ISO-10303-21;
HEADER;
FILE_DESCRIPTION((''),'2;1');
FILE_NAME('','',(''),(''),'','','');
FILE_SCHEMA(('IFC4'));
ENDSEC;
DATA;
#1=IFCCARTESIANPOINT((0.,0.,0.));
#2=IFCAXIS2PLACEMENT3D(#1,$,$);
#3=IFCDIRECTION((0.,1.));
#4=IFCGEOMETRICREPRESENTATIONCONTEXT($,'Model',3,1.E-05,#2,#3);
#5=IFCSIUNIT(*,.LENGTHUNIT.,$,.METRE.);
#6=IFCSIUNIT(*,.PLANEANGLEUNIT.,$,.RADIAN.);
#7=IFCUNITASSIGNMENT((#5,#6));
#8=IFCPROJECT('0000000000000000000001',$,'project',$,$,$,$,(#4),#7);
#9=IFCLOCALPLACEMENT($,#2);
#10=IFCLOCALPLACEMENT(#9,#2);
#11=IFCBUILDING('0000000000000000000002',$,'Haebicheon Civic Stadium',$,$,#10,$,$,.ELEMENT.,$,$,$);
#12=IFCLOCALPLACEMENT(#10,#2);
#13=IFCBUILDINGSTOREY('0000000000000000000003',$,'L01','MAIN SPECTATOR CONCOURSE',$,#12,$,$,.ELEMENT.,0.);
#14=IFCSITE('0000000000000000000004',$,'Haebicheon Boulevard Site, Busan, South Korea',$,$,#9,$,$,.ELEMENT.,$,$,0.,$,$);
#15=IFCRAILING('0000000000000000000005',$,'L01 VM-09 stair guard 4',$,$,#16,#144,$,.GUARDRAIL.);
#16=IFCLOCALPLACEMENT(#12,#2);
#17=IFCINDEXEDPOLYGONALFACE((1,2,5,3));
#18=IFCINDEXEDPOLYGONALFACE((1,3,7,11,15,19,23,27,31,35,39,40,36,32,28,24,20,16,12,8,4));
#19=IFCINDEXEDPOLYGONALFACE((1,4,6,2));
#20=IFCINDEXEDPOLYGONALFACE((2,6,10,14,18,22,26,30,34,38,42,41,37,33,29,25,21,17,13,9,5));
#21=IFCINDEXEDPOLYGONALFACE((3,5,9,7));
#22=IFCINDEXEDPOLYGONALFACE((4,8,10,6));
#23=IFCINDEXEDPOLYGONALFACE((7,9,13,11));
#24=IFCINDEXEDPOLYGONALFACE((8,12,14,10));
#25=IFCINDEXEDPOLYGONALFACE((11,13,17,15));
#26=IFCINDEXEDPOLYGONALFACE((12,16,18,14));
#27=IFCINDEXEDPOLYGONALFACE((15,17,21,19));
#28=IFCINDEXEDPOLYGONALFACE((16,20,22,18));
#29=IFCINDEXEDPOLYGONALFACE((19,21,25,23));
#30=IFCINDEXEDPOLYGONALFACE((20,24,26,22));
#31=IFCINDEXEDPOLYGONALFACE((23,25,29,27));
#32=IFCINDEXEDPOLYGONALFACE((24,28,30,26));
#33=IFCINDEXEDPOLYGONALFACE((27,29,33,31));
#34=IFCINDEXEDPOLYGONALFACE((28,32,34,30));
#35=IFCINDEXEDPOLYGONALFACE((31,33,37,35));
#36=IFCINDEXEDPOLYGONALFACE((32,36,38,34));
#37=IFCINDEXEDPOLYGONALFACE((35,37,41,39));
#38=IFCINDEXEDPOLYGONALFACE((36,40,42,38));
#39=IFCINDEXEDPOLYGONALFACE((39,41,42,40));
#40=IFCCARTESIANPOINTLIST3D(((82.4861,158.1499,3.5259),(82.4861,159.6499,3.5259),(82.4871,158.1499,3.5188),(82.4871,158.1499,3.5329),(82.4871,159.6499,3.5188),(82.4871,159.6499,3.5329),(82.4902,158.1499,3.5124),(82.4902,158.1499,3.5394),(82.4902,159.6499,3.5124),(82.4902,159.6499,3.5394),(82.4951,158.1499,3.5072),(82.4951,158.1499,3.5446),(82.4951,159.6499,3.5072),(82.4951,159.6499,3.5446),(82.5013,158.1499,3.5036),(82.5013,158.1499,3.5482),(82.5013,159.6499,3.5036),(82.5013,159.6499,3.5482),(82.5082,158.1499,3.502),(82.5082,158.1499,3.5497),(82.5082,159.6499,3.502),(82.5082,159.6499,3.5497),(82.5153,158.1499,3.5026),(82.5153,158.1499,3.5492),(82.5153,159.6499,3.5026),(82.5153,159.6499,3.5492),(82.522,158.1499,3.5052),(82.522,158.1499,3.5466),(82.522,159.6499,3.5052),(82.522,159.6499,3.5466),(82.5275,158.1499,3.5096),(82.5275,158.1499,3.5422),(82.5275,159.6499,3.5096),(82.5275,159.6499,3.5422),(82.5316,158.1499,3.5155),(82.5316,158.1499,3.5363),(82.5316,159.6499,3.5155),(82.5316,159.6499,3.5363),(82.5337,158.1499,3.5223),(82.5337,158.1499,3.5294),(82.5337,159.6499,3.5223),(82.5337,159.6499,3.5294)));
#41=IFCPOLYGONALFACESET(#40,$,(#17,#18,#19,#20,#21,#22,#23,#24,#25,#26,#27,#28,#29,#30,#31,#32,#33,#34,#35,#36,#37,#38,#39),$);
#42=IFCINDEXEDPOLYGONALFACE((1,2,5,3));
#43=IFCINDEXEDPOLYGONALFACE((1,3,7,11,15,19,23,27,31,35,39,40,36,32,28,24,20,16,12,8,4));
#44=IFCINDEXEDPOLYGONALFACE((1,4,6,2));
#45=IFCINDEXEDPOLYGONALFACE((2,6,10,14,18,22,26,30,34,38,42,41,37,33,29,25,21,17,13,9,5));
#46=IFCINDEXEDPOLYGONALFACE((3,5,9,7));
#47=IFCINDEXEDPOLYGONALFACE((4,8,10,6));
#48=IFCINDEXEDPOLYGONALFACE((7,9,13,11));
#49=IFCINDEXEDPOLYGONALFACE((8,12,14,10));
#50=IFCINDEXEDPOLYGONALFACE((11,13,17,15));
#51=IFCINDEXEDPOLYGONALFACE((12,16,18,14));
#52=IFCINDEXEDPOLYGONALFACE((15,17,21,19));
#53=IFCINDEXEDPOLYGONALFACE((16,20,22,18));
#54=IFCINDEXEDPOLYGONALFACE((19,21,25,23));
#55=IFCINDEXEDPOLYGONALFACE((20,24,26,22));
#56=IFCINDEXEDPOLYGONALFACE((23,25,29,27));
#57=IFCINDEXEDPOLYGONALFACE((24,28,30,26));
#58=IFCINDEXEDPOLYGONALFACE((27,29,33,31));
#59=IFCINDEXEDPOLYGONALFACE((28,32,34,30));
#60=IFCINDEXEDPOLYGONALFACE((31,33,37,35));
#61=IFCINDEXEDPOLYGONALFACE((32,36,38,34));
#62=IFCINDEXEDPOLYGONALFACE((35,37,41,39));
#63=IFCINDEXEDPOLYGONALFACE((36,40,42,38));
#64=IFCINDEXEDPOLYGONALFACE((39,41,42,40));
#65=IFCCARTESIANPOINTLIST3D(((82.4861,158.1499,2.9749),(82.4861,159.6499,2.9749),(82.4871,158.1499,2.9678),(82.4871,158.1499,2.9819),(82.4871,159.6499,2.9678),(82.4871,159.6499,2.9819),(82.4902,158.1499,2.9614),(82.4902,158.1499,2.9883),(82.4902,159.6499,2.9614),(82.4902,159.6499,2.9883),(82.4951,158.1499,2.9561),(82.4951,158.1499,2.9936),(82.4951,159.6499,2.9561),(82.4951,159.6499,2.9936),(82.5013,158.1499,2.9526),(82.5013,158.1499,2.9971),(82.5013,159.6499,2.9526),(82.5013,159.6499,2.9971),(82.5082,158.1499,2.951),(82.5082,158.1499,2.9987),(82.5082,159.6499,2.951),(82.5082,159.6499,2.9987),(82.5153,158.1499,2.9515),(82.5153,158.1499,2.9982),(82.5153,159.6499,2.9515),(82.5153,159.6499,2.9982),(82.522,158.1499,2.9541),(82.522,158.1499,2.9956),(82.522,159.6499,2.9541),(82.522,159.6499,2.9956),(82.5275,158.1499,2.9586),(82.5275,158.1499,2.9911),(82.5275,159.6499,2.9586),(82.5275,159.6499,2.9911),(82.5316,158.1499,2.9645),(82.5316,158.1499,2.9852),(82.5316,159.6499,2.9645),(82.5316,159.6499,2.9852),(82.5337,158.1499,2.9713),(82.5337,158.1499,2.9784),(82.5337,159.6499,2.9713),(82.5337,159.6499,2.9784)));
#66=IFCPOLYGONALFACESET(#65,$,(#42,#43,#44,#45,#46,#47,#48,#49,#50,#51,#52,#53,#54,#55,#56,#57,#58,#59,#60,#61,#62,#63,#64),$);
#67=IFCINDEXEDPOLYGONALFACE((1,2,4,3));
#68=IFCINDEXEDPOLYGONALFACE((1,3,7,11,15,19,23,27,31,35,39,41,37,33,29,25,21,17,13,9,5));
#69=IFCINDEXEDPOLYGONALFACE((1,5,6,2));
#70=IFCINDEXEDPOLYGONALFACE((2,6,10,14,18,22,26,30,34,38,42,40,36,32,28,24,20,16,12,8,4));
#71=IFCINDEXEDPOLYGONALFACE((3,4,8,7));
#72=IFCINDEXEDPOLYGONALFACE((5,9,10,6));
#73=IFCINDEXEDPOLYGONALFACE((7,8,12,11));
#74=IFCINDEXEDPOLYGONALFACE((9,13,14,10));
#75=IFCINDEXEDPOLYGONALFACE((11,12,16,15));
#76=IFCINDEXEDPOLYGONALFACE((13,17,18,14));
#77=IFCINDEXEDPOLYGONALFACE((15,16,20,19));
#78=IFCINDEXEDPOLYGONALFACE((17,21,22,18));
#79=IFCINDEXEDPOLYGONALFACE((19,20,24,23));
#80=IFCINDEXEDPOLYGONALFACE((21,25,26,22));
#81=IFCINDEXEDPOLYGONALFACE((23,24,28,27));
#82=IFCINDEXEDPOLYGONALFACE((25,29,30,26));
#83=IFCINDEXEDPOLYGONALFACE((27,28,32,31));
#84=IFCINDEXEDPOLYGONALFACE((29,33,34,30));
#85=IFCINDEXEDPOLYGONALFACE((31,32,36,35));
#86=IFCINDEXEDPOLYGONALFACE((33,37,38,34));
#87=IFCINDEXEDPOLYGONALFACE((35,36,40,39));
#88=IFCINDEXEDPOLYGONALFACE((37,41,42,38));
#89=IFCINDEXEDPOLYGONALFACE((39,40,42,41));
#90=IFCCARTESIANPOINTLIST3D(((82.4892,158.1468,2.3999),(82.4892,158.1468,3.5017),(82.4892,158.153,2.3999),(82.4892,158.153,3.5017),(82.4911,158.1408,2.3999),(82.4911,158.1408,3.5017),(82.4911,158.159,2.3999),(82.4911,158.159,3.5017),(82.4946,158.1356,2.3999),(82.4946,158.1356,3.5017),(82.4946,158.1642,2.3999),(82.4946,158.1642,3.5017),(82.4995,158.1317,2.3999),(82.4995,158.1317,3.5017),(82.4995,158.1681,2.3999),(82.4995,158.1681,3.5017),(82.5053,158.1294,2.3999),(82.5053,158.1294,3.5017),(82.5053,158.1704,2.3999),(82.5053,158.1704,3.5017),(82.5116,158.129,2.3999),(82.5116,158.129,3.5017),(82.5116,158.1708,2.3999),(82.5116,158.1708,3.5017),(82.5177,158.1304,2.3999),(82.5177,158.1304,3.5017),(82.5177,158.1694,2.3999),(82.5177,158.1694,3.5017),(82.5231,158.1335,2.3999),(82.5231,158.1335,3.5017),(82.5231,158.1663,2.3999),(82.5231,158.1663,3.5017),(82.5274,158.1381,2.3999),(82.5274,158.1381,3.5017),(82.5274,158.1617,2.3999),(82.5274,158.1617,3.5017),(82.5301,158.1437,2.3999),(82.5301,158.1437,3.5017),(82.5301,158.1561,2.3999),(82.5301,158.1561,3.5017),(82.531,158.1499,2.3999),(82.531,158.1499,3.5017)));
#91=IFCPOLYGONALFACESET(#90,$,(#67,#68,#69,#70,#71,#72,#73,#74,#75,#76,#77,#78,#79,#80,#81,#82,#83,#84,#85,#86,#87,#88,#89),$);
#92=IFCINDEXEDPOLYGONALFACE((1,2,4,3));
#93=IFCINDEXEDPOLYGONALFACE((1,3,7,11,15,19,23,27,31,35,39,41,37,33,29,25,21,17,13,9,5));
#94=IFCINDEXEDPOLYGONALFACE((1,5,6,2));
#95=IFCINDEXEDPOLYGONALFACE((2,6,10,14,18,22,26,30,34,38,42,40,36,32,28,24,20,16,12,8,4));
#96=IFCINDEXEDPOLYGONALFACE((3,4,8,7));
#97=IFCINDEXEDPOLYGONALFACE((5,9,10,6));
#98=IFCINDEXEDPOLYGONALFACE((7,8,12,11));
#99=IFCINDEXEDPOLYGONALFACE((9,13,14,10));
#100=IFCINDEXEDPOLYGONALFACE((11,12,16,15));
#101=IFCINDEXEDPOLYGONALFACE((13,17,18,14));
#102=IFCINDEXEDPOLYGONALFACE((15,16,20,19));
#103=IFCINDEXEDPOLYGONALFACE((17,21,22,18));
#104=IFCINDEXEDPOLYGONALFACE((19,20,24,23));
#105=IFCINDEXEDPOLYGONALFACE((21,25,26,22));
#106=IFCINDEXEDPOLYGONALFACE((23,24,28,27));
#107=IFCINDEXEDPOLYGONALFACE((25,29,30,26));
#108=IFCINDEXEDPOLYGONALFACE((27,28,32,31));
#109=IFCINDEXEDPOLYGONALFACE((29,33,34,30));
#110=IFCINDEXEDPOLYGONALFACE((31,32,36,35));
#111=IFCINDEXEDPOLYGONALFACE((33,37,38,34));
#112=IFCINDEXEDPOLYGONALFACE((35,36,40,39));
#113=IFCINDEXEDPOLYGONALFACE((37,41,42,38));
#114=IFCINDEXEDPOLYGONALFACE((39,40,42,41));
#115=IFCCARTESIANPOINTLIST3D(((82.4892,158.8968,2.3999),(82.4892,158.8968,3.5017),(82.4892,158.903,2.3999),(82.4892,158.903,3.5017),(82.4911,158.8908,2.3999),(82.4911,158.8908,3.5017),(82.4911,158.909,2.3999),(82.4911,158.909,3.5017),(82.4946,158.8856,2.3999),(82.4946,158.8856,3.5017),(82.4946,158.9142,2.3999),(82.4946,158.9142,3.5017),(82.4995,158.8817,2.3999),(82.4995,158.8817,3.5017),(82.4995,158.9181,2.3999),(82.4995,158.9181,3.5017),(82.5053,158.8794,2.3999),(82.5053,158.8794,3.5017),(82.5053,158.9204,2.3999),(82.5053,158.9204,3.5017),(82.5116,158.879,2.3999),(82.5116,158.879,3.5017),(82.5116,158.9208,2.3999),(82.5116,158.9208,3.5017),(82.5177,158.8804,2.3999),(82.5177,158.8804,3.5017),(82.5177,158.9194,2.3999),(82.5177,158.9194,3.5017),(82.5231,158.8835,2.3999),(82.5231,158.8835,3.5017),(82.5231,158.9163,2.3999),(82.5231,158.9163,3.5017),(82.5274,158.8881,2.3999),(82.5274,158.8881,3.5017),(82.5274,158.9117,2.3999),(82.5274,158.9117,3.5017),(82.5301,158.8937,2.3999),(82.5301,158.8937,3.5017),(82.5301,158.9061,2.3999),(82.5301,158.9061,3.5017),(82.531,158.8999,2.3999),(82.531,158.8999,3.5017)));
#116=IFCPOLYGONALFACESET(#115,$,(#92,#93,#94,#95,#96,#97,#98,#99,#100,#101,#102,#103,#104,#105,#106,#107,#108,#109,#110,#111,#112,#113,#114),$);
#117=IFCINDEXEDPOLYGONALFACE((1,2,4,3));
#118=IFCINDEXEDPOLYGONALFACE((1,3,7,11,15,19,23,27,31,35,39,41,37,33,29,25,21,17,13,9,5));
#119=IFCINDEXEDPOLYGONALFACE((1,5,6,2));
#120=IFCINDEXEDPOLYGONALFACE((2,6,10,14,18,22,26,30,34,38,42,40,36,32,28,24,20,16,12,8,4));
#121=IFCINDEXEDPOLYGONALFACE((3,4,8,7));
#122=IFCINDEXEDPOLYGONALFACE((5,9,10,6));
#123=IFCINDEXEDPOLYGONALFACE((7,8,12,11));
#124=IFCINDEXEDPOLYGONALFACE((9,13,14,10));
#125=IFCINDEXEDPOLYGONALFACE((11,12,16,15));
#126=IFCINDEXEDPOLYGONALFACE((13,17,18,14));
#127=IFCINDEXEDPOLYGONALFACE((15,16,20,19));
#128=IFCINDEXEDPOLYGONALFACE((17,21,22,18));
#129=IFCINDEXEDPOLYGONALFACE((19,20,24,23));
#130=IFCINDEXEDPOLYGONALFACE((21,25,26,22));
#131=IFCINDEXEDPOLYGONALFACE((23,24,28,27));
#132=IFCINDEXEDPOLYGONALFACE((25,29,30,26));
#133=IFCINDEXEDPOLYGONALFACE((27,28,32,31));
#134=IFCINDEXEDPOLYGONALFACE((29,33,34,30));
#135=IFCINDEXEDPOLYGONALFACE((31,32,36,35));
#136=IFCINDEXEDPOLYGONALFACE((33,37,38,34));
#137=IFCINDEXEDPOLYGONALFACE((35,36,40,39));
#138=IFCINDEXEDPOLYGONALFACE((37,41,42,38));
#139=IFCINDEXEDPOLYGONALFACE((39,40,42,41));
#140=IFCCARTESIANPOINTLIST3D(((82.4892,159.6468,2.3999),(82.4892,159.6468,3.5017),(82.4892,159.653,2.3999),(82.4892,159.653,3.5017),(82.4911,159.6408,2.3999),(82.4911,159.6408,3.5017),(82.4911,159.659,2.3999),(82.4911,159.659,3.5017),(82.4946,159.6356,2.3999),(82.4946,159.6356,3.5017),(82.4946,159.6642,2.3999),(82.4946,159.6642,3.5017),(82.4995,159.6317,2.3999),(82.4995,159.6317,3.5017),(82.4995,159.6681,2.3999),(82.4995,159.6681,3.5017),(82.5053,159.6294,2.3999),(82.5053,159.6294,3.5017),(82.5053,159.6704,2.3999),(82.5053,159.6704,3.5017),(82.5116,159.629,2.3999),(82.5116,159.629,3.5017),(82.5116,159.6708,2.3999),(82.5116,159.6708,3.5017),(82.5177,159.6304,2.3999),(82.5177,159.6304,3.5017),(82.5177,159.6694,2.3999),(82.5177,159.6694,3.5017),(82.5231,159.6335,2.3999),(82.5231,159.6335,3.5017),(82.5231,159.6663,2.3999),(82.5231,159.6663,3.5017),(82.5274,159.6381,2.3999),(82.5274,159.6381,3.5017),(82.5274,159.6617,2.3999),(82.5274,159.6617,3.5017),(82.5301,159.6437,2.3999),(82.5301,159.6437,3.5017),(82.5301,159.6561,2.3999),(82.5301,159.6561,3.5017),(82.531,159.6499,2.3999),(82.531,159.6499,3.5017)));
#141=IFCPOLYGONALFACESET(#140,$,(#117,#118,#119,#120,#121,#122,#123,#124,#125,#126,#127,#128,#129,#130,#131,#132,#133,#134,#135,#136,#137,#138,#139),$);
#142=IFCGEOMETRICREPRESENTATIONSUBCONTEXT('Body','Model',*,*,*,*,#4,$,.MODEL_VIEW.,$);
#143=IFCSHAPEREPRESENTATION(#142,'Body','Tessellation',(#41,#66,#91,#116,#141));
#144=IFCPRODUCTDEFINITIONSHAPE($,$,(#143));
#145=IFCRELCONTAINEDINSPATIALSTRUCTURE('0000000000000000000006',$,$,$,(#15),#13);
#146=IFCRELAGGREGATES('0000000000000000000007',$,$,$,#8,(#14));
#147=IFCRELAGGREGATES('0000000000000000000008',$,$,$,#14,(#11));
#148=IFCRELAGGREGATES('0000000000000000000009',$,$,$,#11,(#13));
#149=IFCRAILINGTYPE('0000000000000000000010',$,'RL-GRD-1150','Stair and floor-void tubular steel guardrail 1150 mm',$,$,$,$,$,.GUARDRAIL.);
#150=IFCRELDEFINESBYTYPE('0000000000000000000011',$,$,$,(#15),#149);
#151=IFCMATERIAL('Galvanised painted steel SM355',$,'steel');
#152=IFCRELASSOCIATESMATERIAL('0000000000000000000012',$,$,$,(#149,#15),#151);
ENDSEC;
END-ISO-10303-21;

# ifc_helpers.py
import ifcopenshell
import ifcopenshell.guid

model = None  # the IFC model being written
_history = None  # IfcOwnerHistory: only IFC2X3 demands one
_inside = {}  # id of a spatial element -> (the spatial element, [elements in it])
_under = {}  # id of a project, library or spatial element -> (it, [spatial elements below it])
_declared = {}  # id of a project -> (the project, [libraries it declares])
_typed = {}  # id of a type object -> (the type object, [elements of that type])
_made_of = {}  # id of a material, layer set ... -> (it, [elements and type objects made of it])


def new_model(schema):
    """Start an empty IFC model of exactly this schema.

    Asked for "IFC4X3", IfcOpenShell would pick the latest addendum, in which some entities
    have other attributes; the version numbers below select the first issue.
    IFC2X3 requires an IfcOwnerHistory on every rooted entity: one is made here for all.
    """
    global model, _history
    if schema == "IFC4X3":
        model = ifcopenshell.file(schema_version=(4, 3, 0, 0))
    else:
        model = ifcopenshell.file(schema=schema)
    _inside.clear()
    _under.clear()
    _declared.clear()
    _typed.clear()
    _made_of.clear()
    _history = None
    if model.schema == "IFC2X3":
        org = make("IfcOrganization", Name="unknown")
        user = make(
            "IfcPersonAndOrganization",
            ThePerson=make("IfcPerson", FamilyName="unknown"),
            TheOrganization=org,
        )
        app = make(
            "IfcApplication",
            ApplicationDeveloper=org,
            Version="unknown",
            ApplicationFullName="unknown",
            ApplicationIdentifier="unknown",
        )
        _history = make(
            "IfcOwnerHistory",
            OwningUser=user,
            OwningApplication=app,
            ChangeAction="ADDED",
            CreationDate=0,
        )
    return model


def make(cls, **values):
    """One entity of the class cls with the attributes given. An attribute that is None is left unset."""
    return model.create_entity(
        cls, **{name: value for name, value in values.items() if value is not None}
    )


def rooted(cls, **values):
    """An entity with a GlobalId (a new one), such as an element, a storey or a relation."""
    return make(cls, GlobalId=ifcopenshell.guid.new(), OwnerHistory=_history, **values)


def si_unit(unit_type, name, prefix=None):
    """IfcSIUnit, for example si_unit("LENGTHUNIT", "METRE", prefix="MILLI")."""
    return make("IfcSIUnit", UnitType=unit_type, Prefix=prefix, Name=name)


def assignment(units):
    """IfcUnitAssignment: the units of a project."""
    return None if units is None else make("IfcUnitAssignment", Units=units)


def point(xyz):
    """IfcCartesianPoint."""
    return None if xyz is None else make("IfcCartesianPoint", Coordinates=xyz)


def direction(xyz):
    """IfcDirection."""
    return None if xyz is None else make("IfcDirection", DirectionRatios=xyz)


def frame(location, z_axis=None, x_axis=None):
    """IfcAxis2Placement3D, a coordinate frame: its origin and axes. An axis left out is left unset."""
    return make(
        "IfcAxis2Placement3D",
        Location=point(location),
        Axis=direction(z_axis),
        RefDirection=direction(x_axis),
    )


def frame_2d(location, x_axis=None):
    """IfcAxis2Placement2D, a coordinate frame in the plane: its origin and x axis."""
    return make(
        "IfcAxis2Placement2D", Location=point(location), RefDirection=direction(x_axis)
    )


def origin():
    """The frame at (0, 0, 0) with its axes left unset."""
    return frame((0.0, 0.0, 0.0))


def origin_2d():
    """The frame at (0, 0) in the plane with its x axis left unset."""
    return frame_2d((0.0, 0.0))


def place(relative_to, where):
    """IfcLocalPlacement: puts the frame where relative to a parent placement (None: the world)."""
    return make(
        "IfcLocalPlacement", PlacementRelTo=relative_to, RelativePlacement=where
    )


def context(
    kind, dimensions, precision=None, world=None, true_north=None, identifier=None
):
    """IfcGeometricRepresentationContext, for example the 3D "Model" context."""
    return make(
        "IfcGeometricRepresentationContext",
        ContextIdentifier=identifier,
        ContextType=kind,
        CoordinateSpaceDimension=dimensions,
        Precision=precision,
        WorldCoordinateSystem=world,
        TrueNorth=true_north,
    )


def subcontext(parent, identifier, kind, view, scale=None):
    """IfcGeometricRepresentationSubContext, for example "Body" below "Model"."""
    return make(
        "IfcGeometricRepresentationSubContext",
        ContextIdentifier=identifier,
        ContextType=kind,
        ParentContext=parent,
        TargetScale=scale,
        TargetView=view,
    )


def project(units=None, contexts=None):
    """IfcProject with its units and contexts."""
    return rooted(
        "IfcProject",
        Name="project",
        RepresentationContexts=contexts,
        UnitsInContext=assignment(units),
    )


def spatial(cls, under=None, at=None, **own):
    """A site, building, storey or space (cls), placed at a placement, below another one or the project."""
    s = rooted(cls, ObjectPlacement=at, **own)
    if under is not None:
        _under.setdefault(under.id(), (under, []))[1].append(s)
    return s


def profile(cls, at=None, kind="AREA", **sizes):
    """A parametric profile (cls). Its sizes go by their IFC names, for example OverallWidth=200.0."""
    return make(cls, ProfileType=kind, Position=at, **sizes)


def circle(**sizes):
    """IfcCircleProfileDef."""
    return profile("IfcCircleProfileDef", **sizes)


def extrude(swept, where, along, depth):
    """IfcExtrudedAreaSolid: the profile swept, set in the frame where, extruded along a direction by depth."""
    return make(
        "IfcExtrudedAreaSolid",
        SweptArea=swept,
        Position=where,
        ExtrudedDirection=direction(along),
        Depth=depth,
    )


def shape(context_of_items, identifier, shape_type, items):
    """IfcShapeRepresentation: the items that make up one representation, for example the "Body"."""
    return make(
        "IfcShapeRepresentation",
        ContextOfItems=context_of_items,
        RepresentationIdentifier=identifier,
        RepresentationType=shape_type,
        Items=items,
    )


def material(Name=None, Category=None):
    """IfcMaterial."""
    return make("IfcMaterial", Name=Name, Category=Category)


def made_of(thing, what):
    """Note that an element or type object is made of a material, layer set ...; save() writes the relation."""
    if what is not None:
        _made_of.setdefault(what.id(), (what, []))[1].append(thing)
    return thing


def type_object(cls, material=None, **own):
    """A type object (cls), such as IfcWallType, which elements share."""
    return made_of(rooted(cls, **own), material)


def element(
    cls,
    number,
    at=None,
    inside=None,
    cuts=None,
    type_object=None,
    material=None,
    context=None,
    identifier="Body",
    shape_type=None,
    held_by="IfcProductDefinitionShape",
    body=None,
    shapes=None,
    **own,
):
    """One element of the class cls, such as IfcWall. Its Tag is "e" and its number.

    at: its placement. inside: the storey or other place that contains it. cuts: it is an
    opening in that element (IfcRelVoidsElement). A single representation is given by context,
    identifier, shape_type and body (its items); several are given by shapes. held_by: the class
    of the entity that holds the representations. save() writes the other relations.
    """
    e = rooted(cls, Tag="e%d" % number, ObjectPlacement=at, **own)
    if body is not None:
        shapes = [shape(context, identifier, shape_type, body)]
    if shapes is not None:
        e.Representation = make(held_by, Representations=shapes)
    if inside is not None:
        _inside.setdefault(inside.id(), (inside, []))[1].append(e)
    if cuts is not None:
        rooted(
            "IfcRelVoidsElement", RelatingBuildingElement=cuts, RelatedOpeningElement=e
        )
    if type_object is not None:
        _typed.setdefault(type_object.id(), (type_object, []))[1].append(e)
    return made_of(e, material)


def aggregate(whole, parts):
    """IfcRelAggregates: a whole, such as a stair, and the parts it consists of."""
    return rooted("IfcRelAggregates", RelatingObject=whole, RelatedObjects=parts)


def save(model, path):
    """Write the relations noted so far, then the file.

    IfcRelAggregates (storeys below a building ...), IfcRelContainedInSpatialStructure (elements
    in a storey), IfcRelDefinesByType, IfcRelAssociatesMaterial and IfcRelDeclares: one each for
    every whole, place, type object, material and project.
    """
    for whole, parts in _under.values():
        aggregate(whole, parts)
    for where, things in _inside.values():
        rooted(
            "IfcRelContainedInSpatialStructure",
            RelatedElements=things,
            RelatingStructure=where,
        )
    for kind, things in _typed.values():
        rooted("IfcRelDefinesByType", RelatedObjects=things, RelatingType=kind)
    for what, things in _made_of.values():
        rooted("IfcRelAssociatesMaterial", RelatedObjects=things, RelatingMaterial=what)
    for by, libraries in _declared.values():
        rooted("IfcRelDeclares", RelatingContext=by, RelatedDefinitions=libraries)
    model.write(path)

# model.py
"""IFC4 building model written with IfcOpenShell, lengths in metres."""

from ifc_helpers import new_model, si_unit, direction, frame, origin, origin_2d, place, context, subcontext, project, spatial, circle, extrude, material, type_object, element, save


model = new_model("IFC4")

# Units and contexts
model_context = context("Model", 3, precision=1e-05, world=origin(), true_north=direction((0.0, 1.0)))
body_context = subcontext(model_context, "Body", "Model", "MODEL_VIEW")
ifc_project = project(units=[si_unit("LENGTHUNIT", "METRE"), si_unit("PLANEANGLEUNIT", "RADIAN")], contexts=[model_context])

# Site, building, storey
site_placement = place(None, origin())
site = spatial("IfcSite", under=ifc_project, at=site_placement, Name="Haebicheon Boulevard Site, Busan, South Korea", CompositionType="ELEMENT", RefElevation=0.0)
building_placement = place(site_placement, origin())
building = spatial("IfcBuilding", under=site, at=building_placement, Name="Haebicheon Civic Stadium", CompositionType="ELEMENT")
storey_placement = place(building_placement, origin())
storey = spatial("IfcBuildingStorey", under=building, at=storey_placement, Name="L01", Description="MAIN SPECTATOR CONCOURSE", CompositionType="ELEMENT", Elevation=0.0)

# Railing
ifc_material_1 = material(Name="Galvanised painted steel SM355", Category="steel")
railing_type_1 = type_object("IfcRailingType", Name="RL-GRD-1150", Description="Stair and floor-void tubular steel guardrail 1150 mm", PredefinedType="GUARDRAIL", material=ifc_material_1)
for number, where, name in (
    (1, (82.51, 158.1499, 2.3999), "L01 VM-09 stair guard 4"),
):
    element("IfcRailing", number, at=place(storey_placement, frame(where)), inside=storey, type_object=railing_type_1, material=ifc_material_1, Name=name, PredefinedType="GUARDRAIL", context=body_context, shape_type="SweptSolid", body=[
        extrude(circle(Radius=0.0239, at=origin_2d()), frame((0.0, 0.0, 1.126), z_axis=(0.0, 1.0, 0.0), x_axis=(-1.0, 0.0, 0.0)), (0.0, 0.0, 1.0), 1.5),
        extrude(circle(Radius=0.0239, at=origin_2d()), frame((0.0, 0.0, 0.575), z_axis=(0.0, 1.0, 0.0), x_axis=(-1.0, 0.0, 0.0)), (0.0, 0.0, 1.0), 1.5),
        extrude(circle(Radius=0.021, at=origin_2d()), origin(), (0.0, 0.0, 1.0), 1.1018),
        extrude(circle(Radius=0.021, at=origin_2d()), frame((0.0, 0.75, 0.0)), (0.0, 0.0, 1.0), 1.1018),
        extrude(circle(Radius=0.021, at=origin_2d()), frame((0.0, 1.5, 0.0)), (0.0, 0.0, 1.0), 1.1018),
    ])

save(model, "model.ifc")
